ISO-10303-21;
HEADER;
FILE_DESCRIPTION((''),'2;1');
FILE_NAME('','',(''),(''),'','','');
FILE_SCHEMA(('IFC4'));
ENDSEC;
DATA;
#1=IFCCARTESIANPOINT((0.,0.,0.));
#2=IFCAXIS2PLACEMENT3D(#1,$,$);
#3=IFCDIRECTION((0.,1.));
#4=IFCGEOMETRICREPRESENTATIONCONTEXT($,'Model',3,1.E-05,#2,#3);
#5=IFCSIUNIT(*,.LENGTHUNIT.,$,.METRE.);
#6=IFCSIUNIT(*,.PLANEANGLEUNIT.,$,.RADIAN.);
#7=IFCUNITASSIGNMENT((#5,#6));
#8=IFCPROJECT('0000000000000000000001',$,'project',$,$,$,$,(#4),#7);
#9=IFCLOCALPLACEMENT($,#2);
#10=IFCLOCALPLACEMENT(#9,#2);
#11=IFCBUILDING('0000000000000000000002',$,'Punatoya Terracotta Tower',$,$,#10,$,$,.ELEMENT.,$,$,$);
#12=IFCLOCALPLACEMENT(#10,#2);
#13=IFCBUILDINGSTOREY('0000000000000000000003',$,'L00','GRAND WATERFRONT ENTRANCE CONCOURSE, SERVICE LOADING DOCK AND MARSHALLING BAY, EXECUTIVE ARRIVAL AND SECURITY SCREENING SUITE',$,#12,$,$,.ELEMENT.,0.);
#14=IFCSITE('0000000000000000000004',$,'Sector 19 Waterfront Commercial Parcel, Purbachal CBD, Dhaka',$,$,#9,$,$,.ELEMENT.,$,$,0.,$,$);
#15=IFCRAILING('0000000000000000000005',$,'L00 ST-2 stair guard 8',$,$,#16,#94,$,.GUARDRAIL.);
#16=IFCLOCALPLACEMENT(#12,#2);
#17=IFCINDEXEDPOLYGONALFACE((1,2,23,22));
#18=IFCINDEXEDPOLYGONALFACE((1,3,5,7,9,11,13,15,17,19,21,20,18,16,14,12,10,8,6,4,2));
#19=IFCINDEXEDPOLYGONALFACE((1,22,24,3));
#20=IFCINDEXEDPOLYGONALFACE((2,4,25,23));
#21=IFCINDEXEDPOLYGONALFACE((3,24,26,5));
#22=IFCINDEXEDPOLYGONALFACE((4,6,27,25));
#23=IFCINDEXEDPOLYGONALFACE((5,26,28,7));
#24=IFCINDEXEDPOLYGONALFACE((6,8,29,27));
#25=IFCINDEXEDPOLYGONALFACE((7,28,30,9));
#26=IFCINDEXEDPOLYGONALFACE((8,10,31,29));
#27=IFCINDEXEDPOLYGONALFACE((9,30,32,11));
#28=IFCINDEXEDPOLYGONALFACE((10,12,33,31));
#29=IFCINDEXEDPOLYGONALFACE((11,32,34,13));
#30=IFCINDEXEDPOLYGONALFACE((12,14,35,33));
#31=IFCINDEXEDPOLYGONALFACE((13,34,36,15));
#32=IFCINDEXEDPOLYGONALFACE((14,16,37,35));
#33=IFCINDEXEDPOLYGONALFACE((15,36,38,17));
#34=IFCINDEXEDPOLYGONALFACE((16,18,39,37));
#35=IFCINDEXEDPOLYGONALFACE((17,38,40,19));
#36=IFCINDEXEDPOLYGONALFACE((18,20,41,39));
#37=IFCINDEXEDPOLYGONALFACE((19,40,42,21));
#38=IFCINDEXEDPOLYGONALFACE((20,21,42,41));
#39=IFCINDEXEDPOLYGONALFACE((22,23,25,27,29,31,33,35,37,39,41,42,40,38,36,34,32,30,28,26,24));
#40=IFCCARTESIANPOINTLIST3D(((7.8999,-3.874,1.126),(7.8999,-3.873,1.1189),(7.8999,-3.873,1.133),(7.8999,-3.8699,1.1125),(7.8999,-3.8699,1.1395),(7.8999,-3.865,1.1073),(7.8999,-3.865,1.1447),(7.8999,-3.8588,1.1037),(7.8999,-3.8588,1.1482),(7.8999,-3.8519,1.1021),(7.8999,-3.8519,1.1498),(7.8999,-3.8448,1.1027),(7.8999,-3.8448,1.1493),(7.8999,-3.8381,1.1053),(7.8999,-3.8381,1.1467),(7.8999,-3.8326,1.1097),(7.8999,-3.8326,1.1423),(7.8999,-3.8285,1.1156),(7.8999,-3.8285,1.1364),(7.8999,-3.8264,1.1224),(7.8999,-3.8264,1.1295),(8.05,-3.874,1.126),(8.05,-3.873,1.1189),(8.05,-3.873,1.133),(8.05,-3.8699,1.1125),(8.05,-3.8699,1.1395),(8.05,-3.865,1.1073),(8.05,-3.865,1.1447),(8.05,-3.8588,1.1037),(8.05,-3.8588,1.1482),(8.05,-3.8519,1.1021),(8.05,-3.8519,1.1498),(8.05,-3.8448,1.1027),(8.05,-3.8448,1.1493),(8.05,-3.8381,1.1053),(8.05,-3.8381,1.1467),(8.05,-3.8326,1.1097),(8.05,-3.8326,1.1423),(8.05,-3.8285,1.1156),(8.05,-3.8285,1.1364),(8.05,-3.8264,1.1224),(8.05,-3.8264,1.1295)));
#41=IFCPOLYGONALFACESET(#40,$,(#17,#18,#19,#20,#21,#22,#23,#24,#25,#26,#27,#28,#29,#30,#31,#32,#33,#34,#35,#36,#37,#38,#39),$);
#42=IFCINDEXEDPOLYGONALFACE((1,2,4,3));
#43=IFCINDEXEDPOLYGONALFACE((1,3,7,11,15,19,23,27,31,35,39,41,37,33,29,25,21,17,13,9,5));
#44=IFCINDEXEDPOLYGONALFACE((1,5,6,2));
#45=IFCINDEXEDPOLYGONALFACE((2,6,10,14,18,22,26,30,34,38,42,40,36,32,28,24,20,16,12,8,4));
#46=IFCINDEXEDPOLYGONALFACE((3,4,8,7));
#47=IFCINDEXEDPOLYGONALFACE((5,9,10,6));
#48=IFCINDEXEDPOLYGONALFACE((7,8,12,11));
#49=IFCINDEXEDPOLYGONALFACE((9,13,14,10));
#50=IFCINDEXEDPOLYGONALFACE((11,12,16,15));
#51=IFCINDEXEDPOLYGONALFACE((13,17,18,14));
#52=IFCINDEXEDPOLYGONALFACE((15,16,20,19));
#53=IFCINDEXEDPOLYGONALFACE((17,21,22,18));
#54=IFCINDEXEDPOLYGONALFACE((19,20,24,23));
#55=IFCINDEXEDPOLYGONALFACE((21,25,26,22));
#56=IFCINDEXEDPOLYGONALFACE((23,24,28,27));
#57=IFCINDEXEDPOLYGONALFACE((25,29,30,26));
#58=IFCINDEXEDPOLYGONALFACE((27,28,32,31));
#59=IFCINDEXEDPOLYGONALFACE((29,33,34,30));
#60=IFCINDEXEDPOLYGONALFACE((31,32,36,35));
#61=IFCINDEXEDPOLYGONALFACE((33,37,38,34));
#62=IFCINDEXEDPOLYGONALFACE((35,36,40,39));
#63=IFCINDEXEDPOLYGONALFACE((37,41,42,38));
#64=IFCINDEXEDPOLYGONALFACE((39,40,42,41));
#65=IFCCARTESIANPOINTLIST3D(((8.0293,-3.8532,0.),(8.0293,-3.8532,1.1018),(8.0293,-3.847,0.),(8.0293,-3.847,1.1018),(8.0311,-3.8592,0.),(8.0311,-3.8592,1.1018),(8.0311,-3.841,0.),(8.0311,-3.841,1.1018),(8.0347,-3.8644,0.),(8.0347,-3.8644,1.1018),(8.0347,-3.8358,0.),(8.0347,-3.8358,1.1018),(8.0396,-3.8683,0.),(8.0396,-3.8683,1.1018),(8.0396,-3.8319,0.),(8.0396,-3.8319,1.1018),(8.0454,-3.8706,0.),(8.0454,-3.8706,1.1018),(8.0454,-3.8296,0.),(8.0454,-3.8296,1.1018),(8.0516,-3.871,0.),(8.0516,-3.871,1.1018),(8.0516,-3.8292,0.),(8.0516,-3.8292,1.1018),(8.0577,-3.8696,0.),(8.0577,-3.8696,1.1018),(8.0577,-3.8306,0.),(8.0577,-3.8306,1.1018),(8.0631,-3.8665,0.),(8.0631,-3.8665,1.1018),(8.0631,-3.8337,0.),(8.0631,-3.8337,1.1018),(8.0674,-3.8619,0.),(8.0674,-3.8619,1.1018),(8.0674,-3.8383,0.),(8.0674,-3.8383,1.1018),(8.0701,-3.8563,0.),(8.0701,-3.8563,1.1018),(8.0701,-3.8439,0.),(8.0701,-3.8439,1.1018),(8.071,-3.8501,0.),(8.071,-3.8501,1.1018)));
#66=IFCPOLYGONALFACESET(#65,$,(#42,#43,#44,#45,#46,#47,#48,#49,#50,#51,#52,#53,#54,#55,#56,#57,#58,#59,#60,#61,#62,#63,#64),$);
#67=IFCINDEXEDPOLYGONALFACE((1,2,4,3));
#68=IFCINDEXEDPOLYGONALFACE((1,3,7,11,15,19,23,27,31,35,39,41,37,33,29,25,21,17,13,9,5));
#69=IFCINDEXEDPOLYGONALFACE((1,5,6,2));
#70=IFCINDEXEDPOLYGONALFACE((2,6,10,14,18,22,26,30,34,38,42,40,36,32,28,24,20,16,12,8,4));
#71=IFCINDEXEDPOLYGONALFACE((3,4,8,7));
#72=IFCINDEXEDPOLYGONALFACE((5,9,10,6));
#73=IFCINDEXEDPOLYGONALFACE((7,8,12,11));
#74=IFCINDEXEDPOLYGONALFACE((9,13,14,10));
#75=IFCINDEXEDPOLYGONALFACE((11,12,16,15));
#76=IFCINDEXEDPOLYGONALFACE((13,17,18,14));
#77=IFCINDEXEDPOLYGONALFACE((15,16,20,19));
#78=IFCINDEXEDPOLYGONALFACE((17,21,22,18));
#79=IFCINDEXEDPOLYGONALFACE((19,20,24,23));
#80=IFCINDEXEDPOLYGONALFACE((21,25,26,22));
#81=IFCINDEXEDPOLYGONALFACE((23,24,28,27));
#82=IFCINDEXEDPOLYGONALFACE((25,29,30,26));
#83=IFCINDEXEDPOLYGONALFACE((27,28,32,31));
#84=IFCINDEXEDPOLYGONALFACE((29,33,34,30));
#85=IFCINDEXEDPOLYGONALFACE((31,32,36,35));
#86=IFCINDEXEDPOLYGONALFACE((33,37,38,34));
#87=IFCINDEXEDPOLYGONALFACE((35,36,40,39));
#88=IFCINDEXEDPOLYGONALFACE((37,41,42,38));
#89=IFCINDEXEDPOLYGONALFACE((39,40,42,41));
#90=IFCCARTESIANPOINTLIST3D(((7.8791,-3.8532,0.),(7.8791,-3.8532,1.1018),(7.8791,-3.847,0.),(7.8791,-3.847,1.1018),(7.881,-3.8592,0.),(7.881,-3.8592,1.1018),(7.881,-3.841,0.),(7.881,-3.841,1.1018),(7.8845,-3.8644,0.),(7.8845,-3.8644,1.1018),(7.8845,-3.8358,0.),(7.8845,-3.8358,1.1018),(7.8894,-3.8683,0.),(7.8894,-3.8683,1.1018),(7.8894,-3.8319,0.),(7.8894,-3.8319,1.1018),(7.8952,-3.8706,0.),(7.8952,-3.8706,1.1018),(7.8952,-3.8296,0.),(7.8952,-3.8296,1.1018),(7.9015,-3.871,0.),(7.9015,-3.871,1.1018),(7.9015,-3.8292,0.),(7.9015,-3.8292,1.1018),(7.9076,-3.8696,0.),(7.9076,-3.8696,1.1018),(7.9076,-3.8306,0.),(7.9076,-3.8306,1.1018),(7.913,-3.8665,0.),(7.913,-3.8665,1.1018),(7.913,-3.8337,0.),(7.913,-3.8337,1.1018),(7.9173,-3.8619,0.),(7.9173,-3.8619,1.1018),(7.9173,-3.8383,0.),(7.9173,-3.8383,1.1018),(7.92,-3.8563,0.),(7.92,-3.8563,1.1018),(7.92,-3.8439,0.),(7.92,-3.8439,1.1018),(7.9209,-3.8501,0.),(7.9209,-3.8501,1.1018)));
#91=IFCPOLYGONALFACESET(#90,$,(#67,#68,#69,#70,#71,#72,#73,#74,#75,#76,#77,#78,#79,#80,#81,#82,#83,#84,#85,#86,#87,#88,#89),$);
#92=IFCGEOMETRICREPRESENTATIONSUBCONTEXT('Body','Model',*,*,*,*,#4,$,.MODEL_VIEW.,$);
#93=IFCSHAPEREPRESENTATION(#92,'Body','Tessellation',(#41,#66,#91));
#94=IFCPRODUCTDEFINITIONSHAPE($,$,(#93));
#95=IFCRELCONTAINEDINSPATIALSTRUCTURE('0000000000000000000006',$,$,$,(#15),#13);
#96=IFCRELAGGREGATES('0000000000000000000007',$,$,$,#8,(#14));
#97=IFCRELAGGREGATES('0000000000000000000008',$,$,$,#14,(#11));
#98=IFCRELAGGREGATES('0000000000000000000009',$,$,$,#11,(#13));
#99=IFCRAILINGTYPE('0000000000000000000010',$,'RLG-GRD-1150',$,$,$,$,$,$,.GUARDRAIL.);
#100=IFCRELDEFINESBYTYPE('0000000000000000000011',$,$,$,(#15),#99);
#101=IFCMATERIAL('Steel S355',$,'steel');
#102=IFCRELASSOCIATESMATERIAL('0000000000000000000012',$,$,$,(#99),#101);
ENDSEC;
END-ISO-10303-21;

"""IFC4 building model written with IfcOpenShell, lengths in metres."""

from ifc_helpers import new_model, si_unit, direction, frame, origin, origin_2d, place, context, subcontext, project, spatial, circle, extrude, material, type_object, element, save


model = new_model("IFC4")

# Units and contexts
model_context = context("Model", 3, precision=1e-05, world=origin(), true_north=direction((0.0, 1.0)))
body_context = subcontext(model_context, "Body", "Model", "MODEL_VIEW")
ifc_project = project(units=[si_unit("LENGTHUNIT", "METRE"), si_unit("PLANEANGLEUNIT", "RADIAN")], contexts=[model_context])

# Site, building, storey
site_placement = place(None, origin())
site = spatial("IfcSite", under=ifc_project, at=site_placement, Name="Sector 19 Waterfront Commercial Parcel, Purbachal CBD, Dhaka", CompositionType="ELEMENT", RefElevation=0.0)
building_placement = place(site_placement, origin())
building = spatial("IfcBuilding", under=site, at=building_placement, Name="Punatoya Terracotta Tower", CompositionType="ELEMENT")
storey_placement = place(building_placement, origin())
storey = spatial("IfcBuildingStorey", under=building, at=storey_placement, Name="L00", Description="GRAND WATERFRONT ENTRANCE CONCOURSE, SERVICE LOADING DOCK AND MARSHALLING BAY, EXECUTIVE ARRIVAL AND SECURITY SCREENING SUITE", CompositionType="ELEMENT", Elevation=0.0)

# Shared definitions
ifc_material_1 = material(Name="Steel S355", Category="steel")

# Railing
railing_type_1 = type_object("IfcRailingType", Name="RLG-GRD-1150", PredefinedType="GUARDRAIL", material=ifc_material_1)
railing_1_placement = place(storey_placement, frame((8.05, -3.8501, 0.0)))
element("IfcRailing", 1, at=railing_1_placement, inside=storey, type_object=railing_type_1, Name="L00 ST-2 stair guard 8", PredefinedType="GUARDRAIL", context=body_context, shape_type="SweptSolid", body=[
    extrude(circle(Radius=0.0239, at=origin_2d()), frame((0.0, 0.0, 1.126), z_axis=(-1.0, 0.0, 0.0), x_axis=(0.0, -1.0, 0.0)), (0.0, 0.0, 1.0), 0.1501),
    extrude(circle(Radius=0.021, at=origin_2d()), origin(), (0.0, 0.0, 1.0), 1.1018),
    extrude(circle(Radius=0.021, at=origin_2d()), frame((-0.1501, 0.0, 0.0)), (0.0, 0.0, 1.0), 1.1018),
])

save(model, "model.ifc")
